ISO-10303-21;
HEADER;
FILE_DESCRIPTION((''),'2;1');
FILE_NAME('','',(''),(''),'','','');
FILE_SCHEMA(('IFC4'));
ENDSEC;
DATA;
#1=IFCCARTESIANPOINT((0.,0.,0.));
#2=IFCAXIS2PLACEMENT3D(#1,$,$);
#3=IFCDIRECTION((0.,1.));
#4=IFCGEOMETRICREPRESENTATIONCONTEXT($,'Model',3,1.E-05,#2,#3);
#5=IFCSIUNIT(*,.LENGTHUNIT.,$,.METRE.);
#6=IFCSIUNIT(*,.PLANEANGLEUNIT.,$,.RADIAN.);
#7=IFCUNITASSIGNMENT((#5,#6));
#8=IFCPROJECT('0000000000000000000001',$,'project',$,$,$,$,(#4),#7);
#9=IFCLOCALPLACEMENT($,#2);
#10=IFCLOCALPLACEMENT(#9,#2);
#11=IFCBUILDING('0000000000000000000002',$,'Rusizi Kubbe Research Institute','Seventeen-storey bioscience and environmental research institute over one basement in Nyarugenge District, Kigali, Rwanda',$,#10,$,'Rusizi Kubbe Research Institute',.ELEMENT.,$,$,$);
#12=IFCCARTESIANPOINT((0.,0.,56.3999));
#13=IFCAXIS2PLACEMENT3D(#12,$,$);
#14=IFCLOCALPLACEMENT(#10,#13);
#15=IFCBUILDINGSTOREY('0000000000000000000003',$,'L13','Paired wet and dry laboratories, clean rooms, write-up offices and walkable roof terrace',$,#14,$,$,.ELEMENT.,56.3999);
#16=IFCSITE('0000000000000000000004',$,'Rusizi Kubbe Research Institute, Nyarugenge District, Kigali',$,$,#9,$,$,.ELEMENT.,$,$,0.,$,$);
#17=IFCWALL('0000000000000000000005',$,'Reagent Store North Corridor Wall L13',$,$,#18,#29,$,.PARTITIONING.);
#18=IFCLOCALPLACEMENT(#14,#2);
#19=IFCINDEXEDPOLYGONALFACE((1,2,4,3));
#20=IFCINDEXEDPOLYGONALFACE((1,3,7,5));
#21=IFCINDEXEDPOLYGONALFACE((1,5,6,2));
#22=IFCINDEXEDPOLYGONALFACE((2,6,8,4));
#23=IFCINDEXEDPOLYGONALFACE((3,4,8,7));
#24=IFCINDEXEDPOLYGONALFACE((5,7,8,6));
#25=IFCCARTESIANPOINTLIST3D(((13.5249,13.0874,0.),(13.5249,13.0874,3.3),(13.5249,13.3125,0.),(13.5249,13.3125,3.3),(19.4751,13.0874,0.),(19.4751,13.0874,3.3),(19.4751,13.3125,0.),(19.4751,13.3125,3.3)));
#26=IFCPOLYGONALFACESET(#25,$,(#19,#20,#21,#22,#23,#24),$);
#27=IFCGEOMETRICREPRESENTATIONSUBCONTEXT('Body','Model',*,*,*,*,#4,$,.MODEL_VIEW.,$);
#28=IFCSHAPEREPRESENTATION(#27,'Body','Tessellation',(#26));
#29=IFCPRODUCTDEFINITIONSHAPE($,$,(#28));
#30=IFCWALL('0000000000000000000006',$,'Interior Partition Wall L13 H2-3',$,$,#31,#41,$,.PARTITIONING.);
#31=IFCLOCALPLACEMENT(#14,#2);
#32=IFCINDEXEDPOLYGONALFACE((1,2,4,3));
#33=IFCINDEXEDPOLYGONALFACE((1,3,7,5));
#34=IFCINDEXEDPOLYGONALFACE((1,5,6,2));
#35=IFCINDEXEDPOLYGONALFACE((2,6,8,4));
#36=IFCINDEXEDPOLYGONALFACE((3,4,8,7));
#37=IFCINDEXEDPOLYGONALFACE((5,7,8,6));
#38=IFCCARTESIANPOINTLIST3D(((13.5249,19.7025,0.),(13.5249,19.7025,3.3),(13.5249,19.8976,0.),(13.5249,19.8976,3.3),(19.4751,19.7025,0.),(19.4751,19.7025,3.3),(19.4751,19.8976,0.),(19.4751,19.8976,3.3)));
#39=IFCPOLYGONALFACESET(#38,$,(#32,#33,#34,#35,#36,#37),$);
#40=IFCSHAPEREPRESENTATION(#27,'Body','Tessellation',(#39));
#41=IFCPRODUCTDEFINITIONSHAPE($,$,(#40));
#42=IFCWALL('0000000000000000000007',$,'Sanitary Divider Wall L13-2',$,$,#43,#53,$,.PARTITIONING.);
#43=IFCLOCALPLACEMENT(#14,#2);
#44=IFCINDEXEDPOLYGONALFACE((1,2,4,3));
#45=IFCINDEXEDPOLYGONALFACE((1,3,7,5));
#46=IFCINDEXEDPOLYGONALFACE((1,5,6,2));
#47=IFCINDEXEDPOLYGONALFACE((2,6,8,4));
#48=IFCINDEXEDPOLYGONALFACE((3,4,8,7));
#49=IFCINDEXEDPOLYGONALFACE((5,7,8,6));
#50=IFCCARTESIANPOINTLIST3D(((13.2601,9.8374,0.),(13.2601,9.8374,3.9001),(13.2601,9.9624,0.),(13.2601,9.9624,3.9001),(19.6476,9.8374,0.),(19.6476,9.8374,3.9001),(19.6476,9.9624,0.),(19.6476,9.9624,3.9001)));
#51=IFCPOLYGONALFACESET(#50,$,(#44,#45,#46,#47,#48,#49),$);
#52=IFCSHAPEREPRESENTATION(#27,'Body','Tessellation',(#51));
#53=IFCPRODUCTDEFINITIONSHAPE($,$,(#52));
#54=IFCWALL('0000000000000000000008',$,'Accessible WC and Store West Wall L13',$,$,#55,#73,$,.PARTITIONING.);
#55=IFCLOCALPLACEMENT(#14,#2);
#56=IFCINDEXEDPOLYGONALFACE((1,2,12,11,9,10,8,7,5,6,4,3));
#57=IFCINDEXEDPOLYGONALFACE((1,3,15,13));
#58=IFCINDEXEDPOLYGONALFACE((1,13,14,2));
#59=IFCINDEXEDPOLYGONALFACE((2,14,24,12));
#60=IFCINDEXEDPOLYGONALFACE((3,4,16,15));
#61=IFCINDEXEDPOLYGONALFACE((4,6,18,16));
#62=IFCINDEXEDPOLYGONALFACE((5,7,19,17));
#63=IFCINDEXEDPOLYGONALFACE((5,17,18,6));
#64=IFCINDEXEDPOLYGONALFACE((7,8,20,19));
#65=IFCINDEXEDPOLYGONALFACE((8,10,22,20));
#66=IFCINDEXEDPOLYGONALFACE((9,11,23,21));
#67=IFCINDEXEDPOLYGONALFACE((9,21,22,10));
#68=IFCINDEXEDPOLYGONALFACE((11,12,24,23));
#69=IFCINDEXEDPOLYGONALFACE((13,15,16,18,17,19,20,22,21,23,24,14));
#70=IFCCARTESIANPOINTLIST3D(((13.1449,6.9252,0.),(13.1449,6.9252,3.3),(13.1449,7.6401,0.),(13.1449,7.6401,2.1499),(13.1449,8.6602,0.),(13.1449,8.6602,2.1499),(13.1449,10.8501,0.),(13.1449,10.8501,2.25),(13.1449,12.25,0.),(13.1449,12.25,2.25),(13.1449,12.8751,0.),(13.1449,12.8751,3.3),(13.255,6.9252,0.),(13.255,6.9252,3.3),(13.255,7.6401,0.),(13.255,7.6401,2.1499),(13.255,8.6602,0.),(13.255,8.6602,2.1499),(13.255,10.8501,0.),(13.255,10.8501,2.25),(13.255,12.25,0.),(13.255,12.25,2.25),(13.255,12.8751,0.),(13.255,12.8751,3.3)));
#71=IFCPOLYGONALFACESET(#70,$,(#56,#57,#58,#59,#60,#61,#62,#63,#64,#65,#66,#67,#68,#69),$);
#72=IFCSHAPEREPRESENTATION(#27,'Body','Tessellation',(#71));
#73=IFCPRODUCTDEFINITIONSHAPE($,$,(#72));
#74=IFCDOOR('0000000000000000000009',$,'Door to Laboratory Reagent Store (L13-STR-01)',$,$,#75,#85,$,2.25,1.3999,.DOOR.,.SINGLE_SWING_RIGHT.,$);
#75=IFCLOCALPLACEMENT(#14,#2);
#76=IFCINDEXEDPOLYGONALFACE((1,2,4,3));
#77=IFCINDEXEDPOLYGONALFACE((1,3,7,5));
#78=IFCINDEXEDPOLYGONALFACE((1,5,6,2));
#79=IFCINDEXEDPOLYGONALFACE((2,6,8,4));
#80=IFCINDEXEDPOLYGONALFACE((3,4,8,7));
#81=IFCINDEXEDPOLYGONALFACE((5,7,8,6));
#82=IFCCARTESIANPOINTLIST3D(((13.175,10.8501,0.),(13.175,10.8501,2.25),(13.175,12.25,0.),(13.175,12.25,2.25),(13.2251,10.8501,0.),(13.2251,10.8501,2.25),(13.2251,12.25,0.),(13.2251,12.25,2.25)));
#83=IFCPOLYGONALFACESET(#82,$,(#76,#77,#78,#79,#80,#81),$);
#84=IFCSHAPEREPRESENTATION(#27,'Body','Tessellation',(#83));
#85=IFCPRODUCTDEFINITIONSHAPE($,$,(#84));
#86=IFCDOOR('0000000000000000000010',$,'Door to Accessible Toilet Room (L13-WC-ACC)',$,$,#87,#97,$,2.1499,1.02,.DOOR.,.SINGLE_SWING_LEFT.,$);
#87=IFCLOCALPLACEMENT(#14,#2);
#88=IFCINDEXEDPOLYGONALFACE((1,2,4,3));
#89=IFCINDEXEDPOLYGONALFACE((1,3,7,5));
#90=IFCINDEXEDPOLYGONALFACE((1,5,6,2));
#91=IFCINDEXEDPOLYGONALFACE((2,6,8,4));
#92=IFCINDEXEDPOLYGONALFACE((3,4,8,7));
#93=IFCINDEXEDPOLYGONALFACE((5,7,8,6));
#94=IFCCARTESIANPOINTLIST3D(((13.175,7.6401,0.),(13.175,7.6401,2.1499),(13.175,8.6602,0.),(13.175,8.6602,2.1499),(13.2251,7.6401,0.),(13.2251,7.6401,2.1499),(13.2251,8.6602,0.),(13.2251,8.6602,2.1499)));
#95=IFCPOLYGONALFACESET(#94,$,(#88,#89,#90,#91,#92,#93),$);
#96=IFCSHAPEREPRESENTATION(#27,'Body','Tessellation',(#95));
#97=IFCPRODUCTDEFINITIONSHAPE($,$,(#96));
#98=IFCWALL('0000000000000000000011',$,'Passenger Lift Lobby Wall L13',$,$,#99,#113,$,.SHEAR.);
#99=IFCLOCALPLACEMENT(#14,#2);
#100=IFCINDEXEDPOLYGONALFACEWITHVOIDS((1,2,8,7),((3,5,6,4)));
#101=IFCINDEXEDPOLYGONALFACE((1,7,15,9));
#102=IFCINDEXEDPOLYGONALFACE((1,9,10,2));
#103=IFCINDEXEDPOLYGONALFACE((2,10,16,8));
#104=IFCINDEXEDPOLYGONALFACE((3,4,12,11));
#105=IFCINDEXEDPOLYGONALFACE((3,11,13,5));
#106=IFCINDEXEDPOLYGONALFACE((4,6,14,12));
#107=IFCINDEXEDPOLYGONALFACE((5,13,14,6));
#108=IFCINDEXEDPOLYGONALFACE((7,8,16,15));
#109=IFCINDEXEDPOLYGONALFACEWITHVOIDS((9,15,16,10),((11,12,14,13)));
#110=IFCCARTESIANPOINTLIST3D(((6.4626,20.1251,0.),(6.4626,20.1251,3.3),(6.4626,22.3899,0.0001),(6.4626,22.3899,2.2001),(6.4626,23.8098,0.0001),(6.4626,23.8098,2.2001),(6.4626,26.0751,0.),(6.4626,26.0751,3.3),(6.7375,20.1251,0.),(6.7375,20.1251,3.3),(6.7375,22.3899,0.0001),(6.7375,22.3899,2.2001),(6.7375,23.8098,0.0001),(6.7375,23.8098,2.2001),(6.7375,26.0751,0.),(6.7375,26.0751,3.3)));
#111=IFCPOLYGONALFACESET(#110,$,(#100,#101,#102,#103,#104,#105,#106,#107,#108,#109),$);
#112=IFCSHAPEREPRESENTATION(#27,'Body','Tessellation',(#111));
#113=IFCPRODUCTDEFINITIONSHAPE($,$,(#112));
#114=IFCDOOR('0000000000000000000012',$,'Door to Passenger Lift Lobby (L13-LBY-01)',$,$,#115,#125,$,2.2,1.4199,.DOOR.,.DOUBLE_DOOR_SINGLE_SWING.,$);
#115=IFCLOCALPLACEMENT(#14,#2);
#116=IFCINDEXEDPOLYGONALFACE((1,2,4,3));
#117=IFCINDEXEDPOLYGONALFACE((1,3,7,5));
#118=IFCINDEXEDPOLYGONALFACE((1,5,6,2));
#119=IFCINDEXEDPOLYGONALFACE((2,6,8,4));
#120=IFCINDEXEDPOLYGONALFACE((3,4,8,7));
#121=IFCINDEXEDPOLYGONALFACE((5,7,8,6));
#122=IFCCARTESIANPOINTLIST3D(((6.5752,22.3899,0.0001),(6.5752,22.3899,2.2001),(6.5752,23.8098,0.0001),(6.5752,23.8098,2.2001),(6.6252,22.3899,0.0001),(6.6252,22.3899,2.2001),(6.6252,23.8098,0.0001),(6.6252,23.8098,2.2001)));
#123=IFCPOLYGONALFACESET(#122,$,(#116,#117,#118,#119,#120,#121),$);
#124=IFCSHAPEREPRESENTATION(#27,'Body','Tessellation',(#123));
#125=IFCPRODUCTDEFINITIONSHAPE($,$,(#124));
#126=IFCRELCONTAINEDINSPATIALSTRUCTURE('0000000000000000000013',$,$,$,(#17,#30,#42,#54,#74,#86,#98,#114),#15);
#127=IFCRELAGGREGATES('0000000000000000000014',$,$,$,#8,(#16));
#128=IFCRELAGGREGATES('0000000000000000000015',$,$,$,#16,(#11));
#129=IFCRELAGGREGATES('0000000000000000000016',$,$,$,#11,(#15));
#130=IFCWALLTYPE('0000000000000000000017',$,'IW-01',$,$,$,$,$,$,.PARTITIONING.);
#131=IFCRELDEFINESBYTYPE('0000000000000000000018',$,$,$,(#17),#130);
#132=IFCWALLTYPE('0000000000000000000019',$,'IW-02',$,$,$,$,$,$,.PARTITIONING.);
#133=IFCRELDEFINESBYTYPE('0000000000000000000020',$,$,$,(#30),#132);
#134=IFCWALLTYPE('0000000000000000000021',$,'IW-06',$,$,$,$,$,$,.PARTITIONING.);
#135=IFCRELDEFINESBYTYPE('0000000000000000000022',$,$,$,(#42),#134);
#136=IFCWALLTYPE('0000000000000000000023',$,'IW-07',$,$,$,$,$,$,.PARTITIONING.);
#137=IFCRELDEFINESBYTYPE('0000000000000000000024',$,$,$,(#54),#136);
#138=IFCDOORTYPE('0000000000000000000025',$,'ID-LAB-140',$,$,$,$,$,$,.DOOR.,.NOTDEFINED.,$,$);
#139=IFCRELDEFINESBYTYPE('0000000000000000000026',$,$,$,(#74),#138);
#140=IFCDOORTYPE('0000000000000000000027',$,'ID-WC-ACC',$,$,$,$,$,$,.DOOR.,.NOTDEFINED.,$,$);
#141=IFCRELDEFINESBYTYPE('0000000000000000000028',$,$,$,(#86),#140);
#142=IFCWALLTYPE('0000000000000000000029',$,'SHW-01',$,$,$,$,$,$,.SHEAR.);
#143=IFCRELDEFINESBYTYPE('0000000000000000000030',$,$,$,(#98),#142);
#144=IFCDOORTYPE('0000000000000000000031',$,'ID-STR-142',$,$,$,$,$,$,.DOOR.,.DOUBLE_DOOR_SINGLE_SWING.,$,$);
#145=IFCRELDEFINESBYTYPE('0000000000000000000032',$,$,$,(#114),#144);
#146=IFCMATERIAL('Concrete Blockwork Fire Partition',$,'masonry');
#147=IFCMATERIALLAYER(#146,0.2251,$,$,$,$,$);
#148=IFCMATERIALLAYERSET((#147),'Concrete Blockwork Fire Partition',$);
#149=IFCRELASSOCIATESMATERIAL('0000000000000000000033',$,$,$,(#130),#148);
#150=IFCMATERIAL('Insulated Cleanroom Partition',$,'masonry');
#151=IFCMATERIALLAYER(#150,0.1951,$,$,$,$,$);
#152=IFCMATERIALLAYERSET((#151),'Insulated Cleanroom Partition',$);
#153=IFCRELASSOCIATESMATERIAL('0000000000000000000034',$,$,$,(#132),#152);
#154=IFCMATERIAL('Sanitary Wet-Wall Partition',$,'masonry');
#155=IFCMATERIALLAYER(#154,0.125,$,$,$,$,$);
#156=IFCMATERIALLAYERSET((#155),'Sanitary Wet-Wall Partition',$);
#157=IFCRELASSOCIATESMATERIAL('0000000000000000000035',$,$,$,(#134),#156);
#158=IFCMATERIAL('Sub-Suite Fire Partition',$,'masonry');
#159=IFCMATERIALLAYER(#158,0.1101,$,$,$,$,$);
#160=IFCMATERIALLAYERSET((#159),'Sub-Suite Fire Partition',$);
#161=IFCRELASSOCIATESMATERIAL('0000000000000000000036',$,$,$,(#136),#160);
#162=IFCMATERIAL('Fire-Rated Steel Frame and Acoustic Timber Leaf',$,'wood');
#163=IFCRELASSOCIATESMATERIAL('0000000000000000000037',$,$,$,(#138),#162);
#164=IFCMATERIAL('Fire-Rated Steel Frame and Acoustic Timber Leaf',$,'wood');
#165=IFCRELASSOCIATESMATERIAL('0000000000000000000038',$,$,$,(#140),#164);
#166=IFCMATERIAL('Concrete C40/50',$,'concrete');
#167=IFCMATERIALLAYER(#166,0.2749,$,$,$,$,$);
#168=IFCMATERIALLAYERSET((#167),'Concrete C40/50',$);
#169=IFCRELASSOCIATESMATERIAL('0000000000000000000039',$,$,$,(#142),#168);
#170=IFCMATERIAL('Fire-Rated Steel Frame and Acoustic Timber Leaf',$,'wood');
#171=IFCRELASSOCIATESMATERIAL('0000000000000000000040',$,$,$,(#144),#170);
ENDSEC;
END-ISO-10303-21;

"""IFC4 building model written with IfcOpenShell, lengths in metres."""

from ifc_helpers import new_model, si_unit, direction, frame, frame_2d, origin, place, context, subcontext, project, spatial, rectangle, extrude, material, layer, layer_set, type_object, element, fill, save


model = new_model("IFC4")

# Units and contexts
model_context = context("Model", 3, precision=1e-05, world=origin(), true_north=direction((0.0, 1.0)))
body_context = subcontext(model_context, "Body", "Model", "MODEL_VIEW")
ifc_project = project(units=[si_unit("LENGTHUNIT", "METRE"), si_unit("PLANEANGLEUNIT", "RADIAN")], contexts=[model_context])

# Site, building, storey
site_placement = place(None, origin())
site = spatial("IfcSite", under=ifc_project, at=site_placement, Name="Rusizi Kubbe Research Institute, Nyarugenge District, Kigali", CompositionType="ELEMENT", RefElevation=0.0)
building_placement = place(site_placement, origin())
building = spatial("IfcBuilding", under=site, at=building_placement, Name="Rusizi Kubbe Research Institute", Description="Seventeen-storey bioscience and environmental research institute over one basement in Nyarugenge District, Kigali, Rwanda", LongName="Rusizi Kubbe Research Institute", CompositionType="ELEMENT")
storey_placement = place(building_placement, frame((0.0, 0.0, 56.3999)))
storey = spatial("IfcBuildingStorey", under=building, at=storey_placement, Name="L13", Description="Paired wet and dry laboratories, clean rooms, write-up offices and walkable roof terrace", CompositionType="ELEMENT", Elevation=56.3999)

# Wall
ifc_material_1 = material(Name="Concrete Blockwork Fire Partition", Category="masonry")
ifc_layer_1 = layer(ifc_material_1, 0.2251)
ifc_layer_set_1 = layer_set([ifc_layer_1], Name="Concrete Blockwork Fire Partition")
wall_type_1 = type_object("IfcWallType", Name="IW-01", PredefinedType="PARTITIONING", material=ifc_layer_set_1)
wall_1_placement = place(storey_placement, frame((13.5249, 13.2, 0.0), z_axis=(0.0, 0.0, 1.0), x_axis=(1.0, 0.0, 0.0)))
element("IfcWall", 1, at=wall_1_placement, inside=storey, type_object=wall_type_1, Name="Reagent Store North Corridor Wall L13", PredefinedType="PARTITIONING", context=body_context, shape_type="SweptSolid", body=[
    extrude(rectangle(XDim=5.9502, YDim=0.2251, at=frame_2d((2.9751, 0.0))), origin(), (0.0, 0.0, 1.0), 3.3),
])

# Walls
ifc_material_2 = material(Name="Insulated Cleanroom Partition", Category="masonry")
ifc_layer_2 = layer(ifc_material_2, 0.1951)
ifc_layer_set_2 = layer_set([ifc_layer_2], Name="Insulated Cleanroom Partition")
wall_type_2 = type_object("IfcWallType", Name="IW-02", PredefinedType="PARTITIONING", material=ifc_layer_set_2)
wall_2_placement = place(storey_placement, frame((13.5249, 19.8, 0.0), z_axis=(0.0, 0.0, 1.0), x_axis=(1.0, 0.0, 0.0)))
element("IfcWall", 2, at=wall_2_placement, inside=storey, type_object=wall_type_2, Name="Interior Partition Wall L13 H2-3", PredefinedType="PARTITIONING", context=body_context, shape_type="SweptSolid", body=[
    extrude(rectangle(XDim=5.9502, YDim=0.1951, at=frame_2d((2.9751, 0.0))), origin(), (0.0, 0.0, 1.0), 3.3),
])
ifc_material_3 = material(Name="Sanitary Wet-Wall Partition", Category="masonry")
ifc_layer_3 = layer(ifc_material_3, 0.125)
ifc_layer_set_3 = layer_set([ifc_layer_3], Name="Sanitary Wet-Wall Partition")
wall_type_3 = type_object("IfcWallType", Name="IW-06", PredefinedType="PARTITIONING", material=ifc_layer_set_3)
wall_3_placement = place(storey_placement, frame((13.26, 9.8999, 0.0), z_axis=(0.0, 0.0, 1.0), x_axis=(1.0, 0.0, 0.0)))
element("IfcWall", 3, at=wall_3_placement, inside=storey, type_object=wall_type_3, Name="Sanitary Divider Wall L13-2", PredefinedType="PARTITIONING", context=body_context, shape_type="SweptSolid", body=[
    extrude(rectangle(XDim=6.3875, YDim=0.125, at=frame_2d((3.1938, 0.0))), origin(), (0.0, 0.0, 1.0), 3.9001),
])

# Wall, openings, doors
ifc_material_4 = material(Name="Sub-Suite Fire Partition", Category="masonry")
ifc_layer_4 = layer(ifc_material_4, 0.1101)
ifc_layer_set_4 = layer_set([ifc_layer_4], Name="Sub-Suite Fire Partition")
wall_type_4 = type_object("IfcWallType", Name="IW-07", PredefinedType="PARTITIONING", material=ifc_layer_set_4)
wall_4_placement = place(storey_placement, frame((13.2, 6.925, 0.0), z_axis=(0.0, 0.0, 1.0), x_axis=(0.0, 1.0, 0.0)))
wall_4 = element("IfcWall", 4, at=wall_4_placement, inside=storey, type_object=wall_type_4, Name="Accessible WC and Store West Wall L13", PredefinedType="PARTITIONING", context=body_context, shape_type="SweptSolid", body=[
    extrude(rectangle(XDim=5.95, YDim=0.1101, at=frame_2d((2.9751, 0.0))), origin(), (0.0, 0.0, 1.0), 3.3),
])
opening_1_placement = place(wall_4_placement, frame((0.7151, 0.0, 0.0)))
opening_1 = element("IfcOpeningElement", 5, at=opening_1_placement, cuts=wall_4, PredefinedType="OPENING", context=body_context, shape_type="SweptSolid", body=[
    extrude(rectangle(XDim=1.02, YDim=2.1499, at=frame_2d((0.51, 1.075))), frame((0.0, 0.0649, 0.0), z_axis=(0.0, -1.0, 0.0), x_axis=(1.0, 0.0, 0.0)), (0.0, 0.0, 1.0), 0.1301),
])
opening_2_placement = place(wall_4_placement, frame((3.925, 0.0, 0.0)))
opening_2 = element("IfcOpeningElement", 6, at=opening_2_placement, cuts=wall_4, PredefinedType="OPENING", context=body_context, shape_type="SweptSolid", body=[
    extrude(rectangle(XDim=1.3999, YDim=2.25, at=frame_2d((0.7, 1.125))), frame((0.0, 0.0649, 0.0), z_axis=(0.0, -1.0, 0.0), x_axis=(1.0, 0.0, 0.0)), (0.0, 0.0, 1.0), 0.1301),
])
ifc_material_5 = material(Name="Fire-Rated Steel Frame and Acoustic Timber Leaf", Category="wood")
door_type_1 = type_object("IfcDoorType", Name="ID-LAB-140", OperationType="NOTDEFINED", PredefinedType="DOOR", material=ifc_material_5)
door_1_placement = place(opening_2_placement, origin())
door_1 = element("IfcDoor", 7, at=door_1_placement, inside=storey, type_object=door_type_1, Name="Door to Laboratory Reagent Store (L13-STR-01)", OperationType="SINGLE_SWING_RIGHT", OverallHeight=2.25, OverallWidth=1.3999, PredefinedType="DOOR", context=body_context, shape_type="SweptSolid", body=[
    extrude(rectangle(XDim=1.3999, YDim=2.25, at=frame_2d((0.7, 1.125))), frame((0.0, 0.0249, 0.0), z_axis=(0.0, -1.0, 0.0), x_axis=(1.0, 0.0, 0.0)), (0.0, 0.0, 1.0), 0.05),
])
fill(opening_2, door_1)
ifc_material_6 = material(Name="Fire-Rated Steel Frame and Acoustic Timber Leaf", Category="wood")
door_type_2 = type_object("IfcDoorType", Name="ID-WC-ACC", OperationType="NOTDEFINED", PredefinedType="DOOR", material=ifc_material_6)
door_2_placement = place(opening_1_placement, origin())
door_2 = element("IfcDoor", 8, at=door_2_placement, inside=storey, type_object=door_type_2, Name="Door to Accessible Toilet Room (L13-WC-ACC)", OperationType="SINGLE_SWING_LEFT", OverallHeight=2.1499, OverallWidth=1.02, PredefinedType="DOOR", context=body_context, shape_type="SweptSolid", body=[
    extrude(rectangle(XDim=1.02, YDim=2.1499, at=frame_2d((0.51, 1.075))), frame((0.0, 0.0249, 0.0), z_axis=(0.0, -1.0, 0.0), x_axis=(1.0, 0.0, 0.0)), (0.0, 0.0, 1.0), 0.05),
])
fill(opening_1, door_2)

# Wall, opening, door
ifc_material_7 = material(Name="Concrete C40/50", Category="concrete")
ifc_layer_5 = layer(ifc_material_7, 0.2749)
ifc_layer_set_5 = layer_set([ifc_layer_5], Name="Concrete C40/50")
wall_type_5 = type_object("IfcWallType", Name="SHW-01", PredefinedType="SHEAR", material=ifc_layer_set_5)
wall_5_placement = place(storey_placement, frame((6.6001, 20.125, 0.0), z_axis=(0.0, 0.0, 1.0), x_axis=(0.0, 1.0, 0.0)))
wall_5 = element("IfcWall", 9, at=wall_5_placement, inside=storey, type_object=wall_type_5, Name="Passenger Lift Lobby Wall L13", PredefinedType="SHEAR", context=body_context, shape_type="SweptSolid", body=[
    extrude(rectangle(XDim=5.95, YDim=0.2749, at=frame_2d((2.9751, 0.0))), origin(), (0.0, 0.0, 1.0), 3.3),
])
opening_3_placement = place(wall_5_placement, frame((2.2649, 0.0, 0.0)))
opening_3 = element("IfcOpeningElement", 10, at=opening_3_placement, cuts=wall_5, PredefinedType="OPENING", context=body_context, shape_type="SweptSolid", body=[
    extrude(rectangle(XDim=1.4199, YDim=2.2, at=frame_2d((0.71, 1.1001))), frame((0.0, 0.1475, 0.0), z_axis=(0.0, -1.0, 0.0), x_axis=(1.0, 0.0, 0.0)), (0.0, 0.0, 1.0), 0.2949),
])
ifc_material_8 = material(Name="Fire-Rated Steel Frame and Acoustic Timber Leaf", Category="wood")
door_type_3 = type_object("IfcDoorType", Name="ID-STR-142", OperationType="DOUBLE_DOOR_SINGLE_SWING", PredefinedType="DOOR", material=ifc_material_8)
door_3_placement = place(opening_3_placement, origin())
door_3 = element("IfcDoor", 11, at=door_3_placement, inside=storey, type_object=door_type_3, Name="Door to Passenger Lift Lobby (L13-LBY-01)", OperationType="DOUBLE_DOOR_SINGLE_SWING", OverallHeight=2.2, OverallWidth=1.4199, PredefinedType="DOOR", context=body_context, shape_type="SweptSolid", body=[
    extrude(rectangle(XDim=1.4199, YDim=2.2, at=frame_2d((0.71, 1.1001))), frame((0.0, 0.0249, 0.0), z_axis=(0.0, -1.0, 0.0), x_axis=(1.0, 0.0, 0.0)), (0.0, 0.0, 1.0), 0.05),
])
fill(opening_3, door_3)

save(model, "model.ifc")
